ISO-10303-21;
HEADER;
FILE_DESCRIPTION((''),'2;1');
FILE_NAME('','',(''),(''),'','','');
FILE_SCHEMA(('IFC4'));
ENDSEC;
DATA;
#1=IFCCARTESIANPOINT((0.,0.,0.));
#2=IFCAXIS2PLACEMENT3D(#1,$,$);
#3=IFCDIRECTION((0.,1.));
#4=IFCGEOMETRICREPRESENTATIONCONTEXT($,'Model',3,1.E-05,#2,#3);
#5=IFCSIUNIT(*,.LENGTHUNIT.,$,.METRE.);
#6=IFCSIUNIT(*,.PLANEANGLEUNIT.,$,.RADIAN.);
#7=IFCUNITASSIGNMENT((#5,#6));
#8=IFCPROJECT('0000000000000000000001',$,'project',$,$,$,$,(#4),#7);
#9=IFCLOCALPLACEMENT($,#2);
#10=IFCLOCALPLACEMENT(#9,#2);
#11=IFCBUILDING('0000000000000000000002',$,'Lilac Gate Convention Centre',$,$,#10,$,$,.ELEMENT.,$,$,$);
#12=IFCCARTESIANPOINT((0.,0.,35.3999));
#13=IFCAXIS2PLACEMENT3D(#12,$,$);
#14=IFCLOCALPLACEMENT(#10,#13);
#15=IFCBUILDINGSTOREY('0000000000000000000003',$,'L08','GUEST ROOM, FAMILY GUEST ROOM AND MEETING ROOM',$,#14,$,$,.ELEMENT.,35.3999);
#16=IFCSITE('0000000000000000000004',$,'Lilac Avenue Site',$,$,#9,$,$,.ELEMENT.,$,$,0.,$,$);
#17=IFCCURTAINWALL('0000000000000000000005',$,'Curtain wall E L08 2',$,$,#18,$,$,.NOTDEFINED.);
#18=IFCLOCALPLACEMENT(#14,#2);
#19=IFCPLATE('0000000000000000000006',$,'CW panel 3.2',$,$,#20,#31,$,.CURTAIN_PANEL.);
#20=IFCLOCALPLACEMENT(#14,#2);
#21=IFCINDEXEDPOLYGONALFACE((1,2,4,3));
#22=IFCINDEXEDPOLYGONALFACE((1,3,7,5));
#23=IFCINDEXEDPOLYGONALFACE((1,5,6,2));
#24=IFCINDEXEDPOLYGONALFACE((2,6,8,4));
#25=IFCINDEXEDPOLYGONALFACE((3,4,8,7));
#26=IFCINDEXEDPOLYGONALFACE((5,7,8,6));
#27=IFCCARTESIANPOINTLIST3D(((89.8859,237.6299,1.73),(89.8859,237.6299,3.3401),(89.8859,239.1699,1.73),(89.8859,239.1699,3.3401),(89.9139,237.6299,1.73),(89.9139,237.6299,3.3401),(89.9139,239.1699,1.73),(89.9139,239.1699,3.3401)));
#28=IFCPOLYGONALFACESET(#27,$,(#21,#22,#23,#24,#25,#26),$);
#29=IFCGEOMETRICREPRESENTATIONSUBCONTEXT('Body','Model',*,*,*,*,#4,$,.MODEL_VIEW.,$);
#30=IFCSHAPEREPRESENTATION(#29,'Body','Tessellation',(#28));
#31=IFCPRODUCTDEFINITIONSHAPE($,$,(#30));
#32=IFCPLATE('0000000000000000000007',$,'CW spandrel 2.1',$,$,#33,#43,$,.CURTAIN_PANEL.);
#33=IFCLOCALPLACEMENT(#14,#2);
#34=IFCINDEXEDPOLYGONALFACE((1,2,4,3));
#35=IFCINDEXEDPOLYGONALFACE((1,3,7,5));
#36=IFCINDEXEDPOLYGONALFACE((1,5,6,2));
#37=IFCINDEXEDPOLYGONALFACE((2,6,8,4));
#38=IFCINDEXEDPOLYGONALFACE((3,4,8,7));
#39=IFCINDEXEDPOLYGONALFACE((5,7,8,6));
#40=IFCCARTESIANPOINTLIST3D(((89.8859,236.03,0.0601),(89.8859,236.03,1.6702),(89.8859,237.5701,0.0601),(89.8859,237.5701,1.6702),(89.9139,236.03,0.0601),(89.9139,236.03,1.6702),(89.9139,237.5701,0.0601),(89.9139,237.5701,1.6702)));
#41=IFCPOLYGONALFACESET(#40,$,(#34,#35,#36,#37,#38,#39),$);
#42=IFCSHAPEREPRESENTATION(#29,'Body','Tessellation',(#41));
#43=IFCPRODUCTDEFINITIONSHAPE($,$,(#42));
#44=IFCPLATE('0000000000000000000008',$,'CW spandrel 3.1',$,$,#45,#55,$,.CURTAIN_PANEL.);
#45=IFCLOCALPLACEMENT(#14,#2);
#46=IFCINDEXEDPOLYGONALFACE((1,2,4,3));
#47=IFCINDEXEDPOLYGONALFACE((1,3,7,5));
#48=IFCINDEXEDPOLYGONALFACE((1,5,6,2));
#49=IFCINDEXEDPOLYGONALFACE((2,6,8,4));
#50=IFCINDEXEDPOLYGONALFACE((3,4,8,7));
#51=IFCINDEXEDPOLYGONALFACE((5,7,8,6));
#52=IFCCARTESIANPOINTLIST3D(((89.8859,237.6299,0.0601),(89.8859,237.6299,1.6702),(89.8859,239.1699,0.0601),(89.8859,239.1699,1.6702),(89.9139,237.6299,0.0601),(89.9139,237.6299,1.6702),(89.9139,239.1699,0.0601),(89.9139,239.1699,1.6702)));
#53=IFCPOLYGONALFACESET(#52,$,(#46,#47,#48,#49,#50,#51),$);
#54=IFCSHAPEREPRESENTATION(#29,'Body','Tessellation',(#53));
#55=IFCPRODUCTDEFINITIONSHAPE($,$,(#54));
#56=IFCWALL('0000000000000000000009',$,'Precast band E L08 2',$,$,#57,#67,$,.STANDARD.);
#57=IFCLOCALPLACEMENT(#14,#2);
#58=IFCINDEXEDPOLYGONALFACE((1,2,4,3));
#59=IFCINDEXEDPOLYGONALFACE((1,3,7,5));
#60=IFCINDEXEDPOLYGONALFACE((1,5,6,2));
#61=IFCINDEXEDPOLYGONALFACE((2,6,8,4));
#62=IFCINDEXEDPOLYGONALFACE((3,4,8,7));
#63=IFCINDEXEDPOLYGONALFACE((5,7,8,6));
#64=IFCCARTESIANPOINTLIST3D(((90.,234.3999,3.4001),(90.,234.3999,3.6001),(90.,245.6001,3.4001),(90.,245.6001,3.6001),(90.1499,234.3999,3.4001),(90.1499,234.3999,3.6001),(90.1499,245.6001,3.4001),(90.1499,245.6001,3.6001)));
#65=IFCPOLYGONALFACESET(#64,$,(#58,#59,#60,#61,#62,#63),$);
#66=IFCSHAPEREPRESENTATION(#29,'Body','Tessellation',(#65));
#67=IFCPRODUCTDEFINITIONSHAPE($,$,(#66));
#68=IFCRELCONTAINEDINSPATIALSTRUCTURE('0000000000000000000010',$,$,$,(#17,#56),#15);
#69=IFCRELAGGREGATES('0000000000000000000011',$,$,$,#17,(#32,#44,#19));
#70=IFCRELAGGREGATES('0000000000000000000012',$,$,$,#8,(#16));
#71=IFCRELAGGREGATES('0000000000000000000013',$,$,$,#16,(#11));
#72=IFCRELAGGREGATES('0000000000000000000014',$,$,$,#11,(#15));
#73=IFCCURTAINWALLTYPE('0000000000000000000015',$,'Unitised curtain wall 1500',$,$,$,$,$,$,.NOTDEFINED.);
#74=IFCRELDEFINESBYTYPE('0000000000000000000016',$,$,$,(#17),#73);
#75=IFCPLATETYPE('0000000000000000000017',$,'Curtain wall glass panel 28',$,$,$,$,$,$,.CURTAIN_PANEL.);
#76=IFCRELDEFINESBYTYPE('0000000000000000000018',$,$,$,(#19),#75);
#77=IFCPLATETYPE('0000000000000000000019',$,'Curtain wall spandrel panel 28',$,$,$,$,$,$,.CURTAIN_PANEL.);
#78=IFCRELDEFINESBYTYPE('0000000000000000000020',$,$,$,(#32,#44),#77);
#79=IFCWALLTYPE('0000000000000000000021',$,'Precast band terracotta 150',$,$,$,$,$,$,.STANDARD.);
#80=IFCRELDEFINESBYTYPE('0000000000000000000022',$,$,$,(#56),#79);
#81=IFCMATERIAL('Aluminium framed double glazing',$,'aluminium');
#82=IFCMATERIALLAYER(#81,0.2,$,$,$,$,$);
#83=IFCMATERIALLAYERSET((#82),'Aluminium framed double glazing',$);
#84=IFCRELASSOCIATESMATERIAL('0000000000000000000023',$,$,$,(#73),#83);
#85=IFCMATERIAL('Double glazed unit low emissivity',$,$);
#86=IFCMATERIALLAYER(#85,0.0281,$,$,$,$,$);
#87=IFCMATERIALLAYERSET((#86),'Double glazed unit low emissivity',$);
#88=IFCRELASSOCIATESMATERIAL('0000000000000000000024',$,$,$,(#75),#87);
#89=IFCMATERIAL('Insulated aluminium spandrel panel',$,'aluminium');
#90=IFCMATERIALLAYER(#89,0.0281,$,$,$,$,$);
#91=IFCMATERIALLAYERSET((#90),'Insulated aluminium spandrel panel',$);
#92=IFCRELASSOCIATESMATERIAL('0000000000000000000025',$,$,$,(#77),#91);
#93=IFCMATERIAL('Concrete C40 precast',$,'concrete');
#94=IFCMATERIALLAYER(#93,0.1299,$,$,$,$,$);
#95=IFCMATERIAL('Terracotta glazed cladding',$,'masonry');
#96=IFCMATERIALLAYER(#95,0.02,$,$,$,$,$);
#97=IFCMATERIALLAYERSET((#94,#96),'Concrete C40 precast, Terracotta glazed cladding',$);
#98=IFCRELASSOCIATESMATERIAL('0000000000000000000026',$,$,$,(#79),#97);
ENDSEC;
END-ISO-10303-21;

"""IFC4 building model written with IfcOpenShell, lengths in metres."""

from ifc_helpers import new_model, si_unit, direction, frame, frame_2d, origin, origin_2d, place, context, subcontext, project, spatial, rectangle, extrude, material, layer, layer_set, type_object, element, aggregate, save


model = new_model("IFC4")

# Units and contexts
model_context = context("Model", 3, precision=1e-05, world=origin(), true_north=direction((0.0, 1.0)))
body_context = subcontext(model_context, "Body", "Model", "MODEL_VIEW")
ifc_project = project(units=[si_unit("LENGTHUNIT", "METRE"), si_unit("PLANEANGLEUNIT", "RADIAN")], contexts=[model_context])

# Site, building, storey
site_placement = place(None, origin())
site = spatial("IfcSite", under=ifc_project, at=site_placement, Name="Lilac Avenue Site", CompositionType="ELEMENT", RefElevation=0.0)
building_placement = place(site_placement, origin())
building = spatial("IfcBuilding", under=site, at=building_placement, Name="Lilac Gate Convention Centre", CompositionType="ELEMENT")
storey_placement = place(building_placement, frame((0.0, 0.0, 35.3999)))
storey = spatial("IfcBuildingStorey", under=building, at=storey_placement, Name="L08", Description="GUEST ROOM, FAMILY GUEST ROOM AND MEETING ROOM", CompositionType="ELEMENT", Elevation=35.3999)

# Curtain wall
ifc_material_1 = material(Name="Aluminium framed double glazing", Category="aluminium")
ifc_layer_1 = layer(ifc_material_1, 0.2)
ifc_layer_set_1 = layer_set([ifc_layer_1], Name="Aluminium framed double glazing")
curtain_wall_type = type_object("IfcCurtainWallType", Name="Unitised curtain wall 1500", PredefinedType="NOTDEFINED", material=ifc_layer_set_1)
curtain_wall_placement = place(storey_placement, origin())
curtain_wall = element("IfcCurtainWall", 1, at=curtain_wall_placement, inside=storey, type_object=curtain_wall_type, Name="Curtain wall E L08 2", PredefinedType="NOTDEFINED")

# Plates
ifc_material_2 = material(Name="Double glazed unit low emissivity")
ifc_layer_2 = layer(ifc_material_2, 0.0281)
ifc_layer_set_2 = layer_set([ifc_layer_2], Name="Double glazed unit low emissivity")
plate_type_1 = type_object("IfcPlateType", Name="Curtain wall glass panel 28", PredefinedType="CURTAIN_PANEL", material=ifc_layer_set_2)
plate_1_placement = place(storey_placement, frame((89.8999, 238.3999, 1.73), z_axis=(0.0, 0.0, 1.0), x_axis=(0.0, 1.0, 0.0)))
plate_1 = element("IfcPlate", 2, at=plate_1_placement, type_object=plate_type_1, Name="CW panel 3.2", PredefinedType="CURTAIN_PANEL", context=body_context, shape_type="SweptSolid", body=[
    extrude(rectangle(XDim=1.54, YDim=0.0281, at=origin_2d()), origin(), (0.0, 0.0, 1.0), 1.6101),
])
ifc_material_3 = material(Name="Insulated aluminium spandrel panel", Category="aluminium")
ifc_layer_3 = layer(ifc_material_3, 0.0281)
ifc_layer_set_3 = layer_set([ifc_layer_3], Name="Insulated aluminium spandrel panel")
plate_type_2 = type_object("IfcPlateType", Name="Curtain wall spandrel panel 28", PredefinedType="CURTAIN_PANEL", material=ifc_layer_set_3)
plate_2_placement = place(storey_placement, frame((89.8999, 236.8, 0.0601), z_axis=(0.0, 0.0, 1.0), x_axis=(0.0, 1.0, 0.0)))
plate_2 = element("IfcPlate", 3, at=plate_2_placement, type_object=plate_type_2, Name="CW spandrel 2.1", PredefinedType="CURTAIN_PANEL", context=body_context, shape_type="SweptSolid", body=[
    extrude(rectangle(XDim=1.54, YDim=0.0281, at=origin_2d()), origin(), (0.0, 0.0, 1.0), 1.6101),
])
plate_3_placement = place(storey_placement, frame((89.8999, 238.3999, 0.0601), z_axis=(0.0, 0.0, 1.0), x_axis=(0.0, 1.0, 0.0)))
plate_3 = element("IfcPlate", 4, at=plate_3_placement, type_object=plate_type_2, Name="CW spandrel 3.1", PredefinedType="CURTAIN_PANEL", context=body_context, shape_type="SweptSolid", body=[
    extrude(rectangle(XDim=1.54, YDim=0.0281, at=origin_2d()), origin(), (0.0, 0.0, 1.0), 1.6101),
])
aggregate(curtain_wall, [plate_2, plate_3, plate_1])

# Wall
ifc_material_4 = material(Name="Concrete C40 precast", Category="concrete")
ifc_layer_4 = layer(ifc_material_4, 0.1299)
ifc_material_5 = material(Name="Terracotta glazed cladding", Category="masonry")
ifc_layer_5 = layer(ifc_material_5, 0.02)
ifc_layer_set_4 = layer_set([ifc_layer_4, ifc_layer_5], Name="Concrete C40 precast, Terracotta glazed cladding")
wall_type = type_object("IfcWallType", Name="Precast band terracotta 150", PredefinedType="STANDARD", material=ifc_layer_set_4)
wall_placement = place(storey_placement, frame((90.075, 234.3999, 3.4001), z_axis=(0.0, 0.0, 1.0), x_axis=(0.0, 1.0, 0.0)))
element("IfcWall", 5, at=wall_placement, inside=storey, type_object=wall_type, Name="Precast band E L08 2", PredefinedType="STANDARD", context=body_context, shape_type="SweptSolid", body=[
    extrude(rectangle(XDim=11.2002, YDim=0.1499, at=frame_2d((5.6001, 0.0))), origin(), (0.0, 0.0, 1.0), 0.2),
])

save(model, "model.ifc")
